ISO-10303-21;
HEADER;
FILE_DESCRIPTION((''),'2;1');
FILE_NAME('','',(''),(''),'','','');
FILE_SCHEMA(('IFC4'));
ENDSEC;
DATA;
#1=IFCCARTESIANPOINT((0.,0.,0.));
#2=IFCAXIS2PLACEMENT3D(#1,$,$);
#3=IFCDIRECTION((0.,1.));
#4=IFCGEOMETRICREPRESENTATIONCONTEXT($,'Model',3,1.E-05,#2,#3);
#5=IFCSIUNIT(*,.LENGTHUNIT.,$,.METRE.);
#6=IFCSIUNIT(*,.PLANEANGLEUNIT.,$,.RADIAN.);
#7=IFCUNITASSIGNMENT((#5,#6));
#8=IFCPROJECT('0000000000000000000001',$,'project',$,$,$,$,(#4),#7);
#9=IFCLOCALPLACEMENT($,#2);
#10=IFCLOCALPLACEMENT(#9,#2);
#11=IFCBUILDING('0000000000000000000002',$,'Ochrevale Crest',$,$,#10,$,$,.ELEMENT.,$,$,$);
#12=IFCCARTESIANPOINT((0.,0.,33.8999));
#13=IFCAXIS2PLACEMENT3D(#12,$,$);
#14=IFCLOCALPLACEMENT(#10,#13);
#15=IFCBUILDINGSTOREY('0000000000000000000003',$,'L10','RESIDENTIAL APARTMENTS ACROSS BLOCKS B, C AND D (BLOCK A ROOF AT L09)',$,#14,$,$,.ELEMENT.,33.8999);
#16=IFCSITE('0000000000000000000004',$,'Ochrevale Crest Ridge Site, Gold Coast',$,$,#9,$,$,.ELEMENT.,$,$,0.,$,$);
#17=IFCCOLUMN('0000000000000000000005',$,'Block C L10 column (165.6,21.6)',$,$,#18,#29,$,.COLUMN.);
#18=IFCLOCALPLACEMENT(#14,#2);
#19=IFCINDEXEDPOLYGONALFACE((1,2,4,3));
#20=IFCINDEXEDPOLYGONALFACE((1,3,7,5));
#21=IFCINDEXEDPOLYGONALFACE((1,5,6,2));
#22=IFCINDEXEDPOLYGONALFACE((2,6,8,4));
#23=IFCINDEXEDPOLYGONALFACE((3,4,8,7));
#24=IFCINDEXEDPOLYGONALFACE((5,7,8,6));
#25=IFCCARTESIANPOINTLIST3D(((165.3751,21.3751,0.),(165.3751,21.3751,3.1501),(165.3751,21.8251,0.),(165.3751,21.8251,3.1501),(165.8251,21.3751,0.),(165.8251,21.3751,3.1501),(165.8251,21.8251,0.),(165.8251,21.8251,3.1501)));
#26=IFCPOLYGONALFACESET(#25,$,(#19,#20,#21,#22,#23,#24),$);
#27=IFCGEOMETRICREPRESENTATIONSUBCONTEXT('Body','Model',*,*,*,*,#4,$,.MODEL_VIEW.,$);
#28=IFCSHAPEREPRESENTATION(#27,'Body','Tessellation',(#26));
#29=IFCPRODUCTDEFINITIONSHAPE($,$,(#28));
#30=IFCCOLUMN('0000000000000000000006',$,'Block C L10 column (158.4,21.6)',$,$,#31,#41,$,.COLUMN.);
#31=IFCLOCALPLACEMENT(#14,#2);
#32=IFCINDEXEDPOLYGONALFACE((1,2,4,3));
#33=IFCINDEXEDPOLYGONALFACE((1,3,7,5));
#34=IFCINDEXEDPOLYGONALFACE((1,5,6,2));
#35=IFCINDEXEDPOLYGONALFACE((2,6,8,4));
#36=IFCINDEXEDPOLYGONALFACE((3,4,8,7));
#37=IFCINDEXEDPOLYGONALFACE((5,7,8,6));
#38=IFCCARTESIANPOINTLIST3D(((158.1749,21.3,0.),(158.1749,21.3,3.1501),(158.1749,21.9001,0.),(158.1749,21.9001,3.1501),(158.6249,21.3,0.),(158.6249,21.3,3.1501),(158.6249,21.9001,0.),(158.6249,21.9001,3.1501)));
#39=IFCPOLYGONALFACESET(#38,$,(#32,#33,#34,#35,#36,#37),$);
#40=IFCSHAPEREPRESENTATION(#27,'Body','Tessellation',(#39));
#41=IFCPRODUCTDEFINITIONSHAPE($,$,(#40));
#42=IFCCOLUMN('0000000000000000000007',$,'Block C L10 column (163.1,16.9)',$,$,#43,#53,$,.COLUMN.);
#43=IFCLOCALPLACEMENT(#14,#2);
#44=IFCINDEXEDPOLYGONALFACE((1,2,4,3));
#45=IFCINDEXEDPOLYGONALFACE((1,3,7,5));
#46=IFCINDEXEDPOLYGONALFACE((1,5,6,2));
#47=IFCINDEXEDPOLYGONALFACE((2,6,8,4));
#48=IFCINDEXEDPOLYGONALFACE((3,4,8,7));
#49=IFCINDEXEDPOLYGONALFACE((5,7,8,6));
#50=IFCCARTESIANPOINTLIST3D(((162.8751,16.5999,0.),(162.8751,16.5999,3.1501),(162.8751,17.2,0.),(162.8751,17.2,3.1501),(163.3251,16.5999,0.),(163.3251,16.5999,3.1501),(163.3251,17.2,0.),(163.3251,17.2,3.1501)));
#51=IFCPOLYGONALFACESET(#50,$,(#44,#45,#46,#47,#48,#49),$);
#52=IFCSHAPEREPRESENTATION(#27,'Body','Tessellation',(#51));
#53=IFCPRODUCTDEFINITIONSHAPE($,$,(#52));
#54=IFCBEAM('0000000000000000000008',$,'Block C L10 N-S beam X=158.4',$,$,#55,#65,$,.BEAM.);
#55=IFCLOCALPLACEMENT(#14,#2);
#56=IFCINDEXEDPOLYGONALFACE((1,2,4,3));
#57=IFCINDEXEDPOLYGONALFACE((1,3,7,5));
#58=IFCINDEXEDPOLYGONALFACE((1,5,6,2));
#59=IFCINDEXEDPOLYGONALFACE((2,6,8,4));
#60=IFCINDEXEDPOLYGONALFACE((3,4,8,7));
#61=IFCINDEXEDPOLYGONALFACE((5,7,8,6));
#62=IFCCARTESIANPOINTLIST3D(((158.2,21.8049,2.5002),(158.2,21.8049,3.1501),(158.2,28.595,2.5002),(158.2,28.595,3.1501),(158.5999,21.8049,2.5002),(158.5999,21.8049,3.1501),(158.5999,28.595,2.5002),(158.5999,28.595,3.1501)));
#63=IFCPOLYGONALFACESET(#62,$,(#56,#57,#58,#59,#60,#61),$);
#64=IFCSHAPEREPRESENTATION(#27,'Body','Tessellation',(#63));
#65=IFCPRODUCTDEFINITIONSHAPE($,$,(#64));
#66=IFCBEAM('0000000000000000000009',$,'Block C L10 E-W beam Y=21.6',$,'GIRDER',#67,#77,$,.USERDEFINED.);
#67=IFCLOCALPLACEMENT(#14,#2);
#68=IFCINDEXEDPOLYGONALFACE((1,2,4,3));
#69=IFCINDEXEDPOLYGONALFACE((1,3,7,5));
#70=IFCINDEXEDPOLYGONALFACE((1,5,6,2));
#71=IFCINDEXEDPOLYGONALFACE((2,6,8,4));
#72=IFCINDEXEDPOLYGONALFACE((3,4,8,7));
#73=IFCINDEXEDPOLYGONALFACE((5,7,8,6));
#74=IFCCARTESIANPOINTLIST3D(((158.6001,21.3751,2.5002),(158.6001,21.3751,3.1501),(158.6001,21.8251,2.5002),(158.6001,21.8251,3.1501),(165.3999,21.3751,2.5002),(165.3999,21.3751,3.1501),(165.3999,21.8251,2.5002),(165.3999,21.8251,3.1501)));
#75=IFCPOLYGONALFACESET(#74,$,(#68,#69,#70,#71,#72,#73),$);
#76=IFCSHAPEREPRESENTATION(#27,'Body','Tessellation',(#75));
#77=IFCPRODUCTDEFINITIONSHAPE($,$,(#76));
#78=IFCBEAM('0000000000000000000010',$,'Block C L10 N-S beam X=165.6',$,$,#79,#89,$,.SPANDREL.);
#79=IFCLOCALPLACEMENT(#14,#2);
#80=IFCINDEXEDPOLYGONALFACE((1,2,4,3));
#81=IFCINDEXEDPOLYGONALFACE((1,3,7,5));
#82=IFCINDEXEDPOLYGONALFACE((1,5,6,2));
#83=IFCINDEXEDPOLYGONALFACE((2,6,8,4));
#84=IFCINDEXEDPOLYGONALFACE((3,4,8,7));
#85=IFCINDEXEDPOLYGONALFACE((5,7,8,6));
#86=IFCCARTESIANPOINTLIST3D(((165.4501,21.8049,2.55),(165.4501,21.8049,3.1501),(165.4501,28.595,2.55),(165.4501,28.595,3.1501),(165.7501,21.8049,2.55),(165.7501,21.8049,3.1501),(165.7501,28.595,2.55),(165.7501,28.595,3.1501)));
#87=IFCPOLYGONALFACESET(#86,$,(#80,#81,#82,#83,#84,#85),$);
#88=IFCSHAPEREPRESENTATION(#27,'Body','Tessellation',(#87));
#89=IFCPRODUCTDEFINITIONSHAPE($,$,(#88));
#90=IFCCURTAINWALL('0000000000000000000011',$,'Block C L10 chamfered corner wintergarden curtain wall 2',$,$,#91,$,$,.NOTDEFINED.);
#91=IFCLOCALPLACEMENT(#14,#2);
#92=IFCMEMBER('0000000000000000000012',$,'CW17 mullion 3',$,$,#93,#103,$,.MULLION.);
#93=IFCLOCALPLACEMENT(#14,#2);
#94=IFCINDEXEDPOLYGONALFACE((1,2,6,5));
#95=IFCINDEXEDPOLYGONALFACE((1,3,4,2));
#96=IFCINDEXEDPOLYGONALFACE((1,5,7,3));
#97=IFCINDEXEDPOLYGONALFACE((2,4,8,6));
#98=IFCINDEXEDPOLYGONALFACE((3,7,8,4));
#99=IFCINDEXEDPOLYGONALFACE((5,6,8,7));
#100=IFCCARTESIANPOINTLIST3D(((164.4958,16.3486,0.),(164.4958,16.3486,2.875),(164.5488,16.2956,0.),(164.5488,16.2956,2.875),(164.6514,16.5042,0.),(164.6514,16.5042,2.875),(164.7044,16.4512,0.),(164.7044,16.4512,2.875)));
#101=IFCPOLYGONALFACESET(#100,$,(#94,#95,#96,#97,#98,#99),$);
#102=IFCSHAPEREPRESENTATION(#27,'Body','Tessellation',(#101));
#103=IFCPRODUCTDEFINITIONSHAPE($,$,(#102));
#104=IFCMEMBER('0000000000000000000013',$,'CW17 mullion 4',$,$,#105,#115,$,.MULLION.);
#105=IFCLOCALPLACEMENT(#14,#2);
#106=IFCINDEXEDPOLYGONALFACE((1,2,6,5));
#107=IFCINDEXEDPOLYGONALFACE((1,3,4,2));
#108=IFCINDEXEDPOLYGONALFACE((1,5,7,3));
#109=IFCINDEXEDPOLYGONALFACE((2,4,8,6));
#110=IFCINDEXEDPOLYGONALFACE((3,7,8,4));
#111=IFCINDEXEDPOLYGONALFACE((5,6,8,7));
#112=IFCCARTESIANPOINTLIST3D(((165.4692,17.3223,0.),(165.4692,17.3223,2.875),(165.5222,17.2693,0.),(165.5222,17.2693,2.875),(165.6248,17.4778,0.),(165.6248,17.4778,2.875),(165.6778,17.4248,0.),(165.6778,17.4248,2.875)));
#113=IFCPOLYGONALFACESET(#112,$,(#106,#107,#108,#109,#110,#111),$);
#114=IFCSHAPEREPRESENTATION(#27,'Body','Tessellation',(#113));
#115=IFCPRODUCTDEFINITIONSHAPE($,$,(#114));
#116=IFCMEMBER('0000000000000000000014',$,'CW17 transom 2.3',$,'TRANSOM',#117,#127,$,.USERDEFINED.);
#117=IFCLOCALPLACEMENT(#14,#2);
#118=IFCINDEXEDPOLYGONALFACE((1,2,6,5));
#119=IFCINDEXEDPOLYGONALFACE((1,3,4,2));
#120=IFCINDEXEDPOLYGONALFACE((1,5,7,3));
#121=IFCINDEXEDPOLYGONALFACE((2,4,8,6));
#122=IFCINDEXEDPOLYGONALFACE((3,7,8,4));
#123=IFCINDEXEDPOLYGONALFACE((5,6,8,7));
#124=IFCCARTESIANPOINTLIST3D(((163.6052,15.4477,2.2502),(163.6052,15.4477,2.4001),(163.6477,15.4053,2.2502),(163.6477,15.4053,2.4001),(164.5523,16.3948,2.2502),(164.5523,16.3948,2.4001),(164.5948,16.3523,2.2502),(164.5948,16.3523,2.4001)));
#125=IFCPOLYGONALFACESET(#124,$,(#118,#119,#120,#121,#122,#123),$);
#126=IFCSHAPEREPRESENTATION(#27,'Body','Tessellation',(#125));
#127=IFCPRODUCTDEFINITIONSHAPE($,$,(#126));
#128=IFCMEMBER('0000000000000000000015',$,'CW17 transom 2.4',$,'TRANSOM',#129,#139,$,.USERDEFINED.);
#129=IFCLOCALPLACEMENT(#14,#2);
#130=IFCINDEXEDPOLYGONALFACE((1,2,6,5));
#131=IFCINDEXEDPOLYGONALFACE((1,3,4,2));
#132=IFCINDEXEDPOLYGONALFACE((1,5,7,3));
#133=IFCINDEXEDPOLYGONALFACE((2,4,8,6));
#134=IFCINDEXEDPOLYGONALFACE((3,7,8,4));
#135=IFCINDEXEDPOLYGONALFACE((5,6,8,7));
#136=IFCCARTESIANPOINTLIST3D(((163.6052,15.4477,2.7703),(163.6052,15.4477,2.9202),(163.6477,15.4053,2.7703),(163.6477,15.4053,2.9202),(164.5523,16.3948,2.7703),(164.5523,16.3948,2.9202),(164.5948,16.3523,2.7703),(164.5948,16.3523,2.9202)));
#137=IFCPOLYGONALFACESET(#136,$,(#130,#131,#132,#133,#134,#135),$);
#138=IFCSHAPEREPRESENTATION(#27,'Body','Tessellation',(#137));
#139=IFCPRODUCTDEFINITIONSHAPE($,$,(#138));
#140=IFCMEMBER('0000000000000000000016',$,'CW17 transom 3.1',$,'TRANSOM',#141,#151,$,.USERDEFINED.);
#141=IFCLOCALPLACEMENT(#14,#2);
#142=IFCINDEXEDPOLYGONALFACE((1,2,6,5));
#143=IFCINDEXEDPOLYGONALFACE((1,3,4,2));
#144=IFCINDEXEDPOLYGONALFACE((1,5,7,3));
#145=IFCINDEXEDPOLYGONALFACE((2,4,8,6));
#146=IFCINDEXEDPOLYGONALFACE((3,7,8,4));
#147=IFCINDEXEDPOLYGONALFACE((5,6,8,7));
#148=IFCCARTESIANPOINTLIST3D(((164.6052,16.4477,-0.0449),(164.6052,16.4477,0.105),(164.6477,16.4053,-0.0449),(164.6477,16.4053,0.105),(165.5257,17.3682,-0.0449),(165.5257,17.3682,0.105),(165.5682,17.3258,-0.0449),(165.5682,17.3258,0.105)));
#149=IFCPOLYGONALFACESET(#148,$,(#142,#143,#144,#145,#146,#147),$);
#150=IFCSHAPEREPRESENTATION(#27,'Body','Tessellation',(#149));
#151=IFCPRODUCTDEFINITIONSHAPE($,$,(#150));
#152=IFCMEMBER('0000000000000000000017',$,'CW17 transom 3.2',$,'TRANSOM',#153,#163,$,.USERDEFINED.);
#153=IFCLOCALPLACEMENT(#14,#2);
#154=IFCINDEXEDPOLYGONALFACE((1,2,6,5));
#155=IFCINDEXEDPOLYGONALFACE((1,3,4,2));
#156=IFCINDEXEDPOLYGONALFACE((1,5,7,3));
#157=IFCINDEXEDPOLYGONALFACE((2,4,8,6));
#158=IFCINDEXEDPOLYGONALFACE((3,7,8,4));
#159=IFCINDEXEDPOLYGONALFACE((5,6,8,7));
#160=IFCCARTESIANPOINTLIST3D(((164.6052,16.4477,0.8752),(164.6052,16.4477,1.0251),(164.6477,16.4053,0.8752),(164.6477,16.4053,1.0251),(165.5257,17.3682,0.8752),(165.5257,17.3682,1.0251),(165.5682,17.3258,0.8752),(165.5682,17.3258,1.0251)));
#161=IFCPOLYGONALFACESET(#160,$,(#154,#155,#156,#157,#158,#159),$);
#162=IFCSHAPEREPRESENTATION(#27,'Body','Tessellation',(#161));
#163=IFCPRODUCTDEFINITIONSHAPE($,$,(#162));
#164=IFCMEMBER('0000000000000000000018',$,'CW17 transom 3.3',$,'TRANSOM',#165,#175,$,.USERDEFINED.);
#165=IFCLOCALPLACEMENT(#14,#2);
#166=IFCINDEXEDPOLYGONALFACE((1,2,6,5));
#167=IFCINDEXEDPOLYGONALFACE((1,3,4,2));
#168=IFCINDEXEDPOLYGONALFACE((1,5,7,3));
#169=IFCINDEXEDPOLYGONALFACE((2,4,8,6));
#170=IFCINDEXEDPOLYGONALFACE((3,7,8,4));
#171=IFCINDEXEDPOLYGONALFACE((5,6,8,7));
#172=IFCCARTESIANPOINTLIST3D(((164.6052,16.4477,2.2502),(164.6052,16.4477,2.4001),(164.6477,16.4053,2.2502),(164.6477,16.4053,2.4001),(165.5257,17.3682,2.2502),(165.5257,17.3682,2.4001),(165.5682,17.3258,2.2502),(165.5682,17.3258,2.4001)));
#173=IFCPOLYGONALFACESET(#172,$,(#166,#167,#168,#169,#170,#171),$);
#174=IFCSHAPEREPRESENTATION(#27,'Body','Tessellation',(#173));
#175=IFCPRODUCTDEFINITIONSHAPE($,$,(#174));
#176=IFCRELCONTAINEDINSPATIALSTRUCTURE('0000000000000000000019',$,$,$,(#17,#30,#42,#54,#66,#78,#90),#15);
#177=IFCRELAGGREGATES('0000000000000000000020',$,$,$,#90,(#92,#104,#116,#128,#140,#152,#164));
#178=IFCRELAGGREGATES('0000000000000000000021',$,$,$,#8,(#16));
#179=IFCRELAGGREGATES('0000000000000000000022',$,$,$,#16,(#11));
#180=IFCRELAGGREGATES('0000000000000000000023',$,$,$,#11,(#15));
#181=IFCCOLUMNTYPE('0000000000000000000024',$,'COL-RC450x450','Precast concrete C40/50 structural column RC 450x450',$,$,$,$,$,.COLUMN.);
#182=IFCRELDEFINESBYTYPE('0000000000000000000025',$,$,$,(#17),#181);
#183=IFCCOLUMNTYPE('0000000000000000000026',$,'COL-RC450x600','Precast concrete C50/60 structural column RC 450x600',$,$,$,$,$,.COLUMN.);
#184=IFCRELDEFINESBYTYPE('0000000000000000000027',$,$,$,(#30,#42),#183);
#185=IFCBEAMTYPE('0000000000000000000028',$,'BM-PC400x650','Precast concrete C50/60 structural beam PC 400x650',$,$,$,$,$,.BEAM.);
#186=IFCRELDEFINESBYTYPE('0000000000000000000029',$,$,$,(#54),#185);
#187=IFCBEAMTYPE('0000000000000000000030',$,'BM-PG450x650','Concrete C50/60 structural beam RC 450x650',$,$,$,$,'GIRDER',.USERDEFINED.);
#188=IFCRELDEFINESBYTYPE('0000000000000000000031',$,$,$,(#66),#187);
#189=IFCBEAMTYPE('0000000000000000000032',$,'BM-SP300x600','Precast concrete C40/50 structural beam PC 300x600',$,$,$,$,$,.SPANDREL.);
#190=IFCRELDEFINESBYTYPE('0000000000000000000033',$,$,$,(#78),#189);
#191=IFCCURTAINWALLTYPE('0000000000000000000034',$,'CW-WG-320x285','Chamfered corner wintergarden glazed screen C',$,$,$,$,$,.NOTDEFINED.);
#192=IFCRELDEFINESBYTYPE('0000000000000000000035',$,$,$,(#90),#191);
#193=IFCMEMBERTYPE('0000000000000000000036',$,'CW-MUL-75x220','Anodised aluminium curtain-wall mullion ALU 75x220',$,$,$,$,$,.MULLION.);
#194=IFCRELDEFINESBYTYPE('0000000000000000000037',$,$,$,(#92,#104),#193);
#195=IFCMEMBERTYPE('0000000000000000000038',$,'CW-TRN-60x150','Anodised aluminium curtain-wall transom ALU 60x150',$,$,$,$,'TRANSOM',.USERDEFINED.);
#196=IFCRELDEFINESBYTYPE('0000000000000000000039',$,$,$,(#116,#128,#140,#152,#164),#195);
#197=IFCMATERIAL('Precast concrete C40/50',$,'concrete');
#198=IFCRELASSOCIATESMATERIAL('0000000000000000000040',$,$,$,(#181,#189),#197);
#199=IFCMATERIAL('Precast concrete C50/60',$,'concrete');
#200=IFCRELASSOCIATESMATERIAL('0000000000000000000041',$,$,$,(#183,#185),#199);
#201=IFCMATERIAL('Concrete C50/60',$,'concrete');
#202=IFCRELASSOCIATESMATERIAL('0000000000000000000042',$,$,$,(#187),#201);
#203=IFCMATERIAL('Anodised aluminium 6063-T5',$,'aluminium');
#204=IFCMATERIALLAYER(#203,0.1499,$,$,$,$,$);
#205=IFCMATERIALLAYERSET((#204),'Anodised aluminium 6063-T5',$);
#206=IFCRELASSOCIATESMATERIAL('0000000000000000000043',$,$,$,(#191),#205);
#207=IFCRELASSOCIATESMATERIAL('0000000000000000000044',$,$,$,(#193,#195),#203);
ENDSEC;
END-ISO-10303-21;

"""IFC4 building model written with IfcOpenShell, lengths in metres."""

from ifc_helpers import new_model, si_unit, direction, frame, origin, origin_2d, place, context, subcontext, project, spatial, rectangle, extrude, material, layer, layer_set, material_profile, profile_set, type_object, element, aggregate, save


model = new_model("IFC4")

# Units and contexts
model_context = context("Model", 3, precision=1e-05, world=origin(), true_north=direction((0.0, 1.0)))
body_context = subcontext(model_context, "Body", "Model", "MODEL_VIEW")
ifc_project = project(units=[si_unit("LENGTHUNIT", "METRE"), si_unit("PLANEANGLEUNIT", "RADIAN")], contexts=[model_context])

# Site, building, storey
site_placement = place(None, origin())
site = spatial("IfcSite", under=ifc_project, at=site_placement, Name="Ochrevale Crest Ridge Site, Gold Coast", CompositionType="ELEMENT", RefElevation=0.0)
building_placement = place(site_placement, origin())
building = spatial("IfcBuilding", under=site, at=building_placement, Name="Ochrevale Crest", CompositionType="ELEMENT")
storey_placement = place(building_placement, frame((0.0, 0.0, 33.8999)))
storey = spatial("IfcBuildingStorey", under=building, at=storey_placement, Name="L10", Description="RESIDENTIAL APARTMENTS ACROSS BLOCKS B, C AND D (BLOCK A ROOF AT L09)", CompositionType="ELEMENT", Elevation=33.8999)

# Columns
ifc_material_1 = material(Name="Precast concrete C40/50", Category="concrete")
ifc_material_profile_1 = material_profile(ifc_material_1, rectangle(XDim=0.45, YDim=0.45, at=origin_2d()), Name="RC 450x450")
ifc_profile_set_1 = profile_set([ifc_material_profile_1], Name="Precast concrete C40/50")
column_type_1 = type_object("IfcColumnType", Name="COL-RC450x450", Description="Precast concrete C40/50 structural column RC 450x450", PredefinedType="COLUMN", material=ifc_profile_set_1)
column_placement = place(storey_placement, frame((165.6001, 21.6001, 0.0), z_axis=(0.0, 0.0, 1.0), x_axis=(1.0, 0.0, 0.0)))
element("IfcColumn", 1, at=column_placement, inside=storey, type_object=column_type_1, Name="Block C L10 column (165.6,21.6)", PredefinedType="COLUMN", context=body_context, shape_type="SweptSolid", body=[
    extrude(rectangle(XDim=0.45, YDim=0.45, at=origin_2d()), origin(), (0.0, 0.0, 1.0), 3.1501),
])
ifc_material_2 = material(Name="Precast concrete C50/60", Category="concrete")
ifc_material_profile_2 = material_profile(ifc_material_2, rectangle(XDim=0.45, YDim=0.6001, at=origin_2d()), Name="RC 450x600")
ifc_profile_set_2 = profile_set([ifc_material_profile_2], Name="Precast concrete C50/60")
column_type_2 = type_object("IfcColumnType", Name="COL-RC450x600", Description="Precast concrete C50/60 structural column RC 450x600", PredefinedType="COLUMN", material=ifc_profile_set_2)
for number, where, z_axis, x_axis, name in (
    (2, (158.3999, 21.6001, 0.0), (0.0, 0.0, 1.0), (1.0, 0.0, 0.0), "Block C L10 column (158.4,21.6)"),
    (3, (163.1001, 16.8999, 0.0), (0.0, 0.0, 1.0), (1.0, 0.0, 0.0), "Block C L10 column (163.1,16.9)"),
):
    element("IfcColumn", number, at=place(storey_placement, frame(where, z_axis=z_axis, x_axis=x_axis)), inside=storey, type_object=column_type_2, Name=name, PredefinedType="COLUMN", context=body_context, shape_type="SweptSolid", body=[
        extrude(rectangle(XDim=0.45, YDim=0.6001, at=origin_2d()), origin(), (0.0, 0.0, 1.0), 3.1501),
    ])

# Beams
ifc_material_profile_3 = material_profile(ifc_material_2, rectangle(XDim=0.3999, YDim=0.6499, at=origin_2d()), Name="PC 400x650")
ifc_profile_set_3 = profile_set([ifc_material_profile_3], Name="Precast concrete C50/60")
beam_type_1 = type_object("IfcBeamType", Name="BM-PC400x650", Description="Precast concrete C50/60 structural beam PC 400x650", PredefinedType="BEAM", material=ifc_profile_set_3)
beam_1_placement = place(storey_placement, frame((158.3999, 21.8049, 2.8252), z_axis=(0.0, 1.0, 0.0), x_axis=(-1.0, 0.0, 0.0)))
element("IfcBeam", 4, at=beam_1_placement, inside=storey, type_object=beam_type_1, Name="Block C L10 N-S beam X=158.4", PredefinedType="BEAM", context=body_context, shape_type="SweptSolid", body=[
    extrude(rectangle(XDim=0.3999, YDim=0.6499, at=origin_2d()), origin(), (0.0, 0.0, 1.0), 6.79),
])
ifc_material_3 = material(Name="Concrete C50/60", Category="concrete")
ifc_material_profile_4 = material_profile(ifc_material_3, rectangle(XDim=0.45, YDim=0.6499, at=origin_2d()), Name="RC 450x650")
ifc_profile_set_4 = profile_set([ifc_material_profile_4], Name="Concrete C50/60")
beam_type_2 = type_object("IfcBeamType", Name="BM-PG450x650", Description="Concrete C50/60 structural beam RC 450x650", ElementType="GIRDER", PredefinedType="USERDEFINED", material=ifc_profile_set_4)
beam_2_placement = place(storey_placement, frame((158.6001, 21.6001, 2.8252), z_axis=(1.0, 0.0, 0.0), x_axis=(0.0, 1.0, 0.0)))
element("IfcBeam", 5, at=beam_2_placement, inside=storey, type_object=beam_type_2, Name="Block C L10 E-W beam Y=21.6", ObjectType="GIRDER", PredefinedType="USERDEFINED", context=body_context, shape_type="SweptSolid", body=[
    extrude(rectangle(XDim=0.45, YDim=0.6499, at=origin_2d()), origin(), (0.0, 0.0, 1.0), 6.7998),
])
ifc_material_profile_5 = material_profile(ifc_material_1, rectangle(XDim=0.3, YDim=0.6001, at=origin_2d()), Name="PC 300x600")
ifc_profile_set_5 = profile_set([ifc_material_profile_5], Name="Precast concrete C40/50")
beam_type_3 = type_object("IfcBeamType", Name="BM-SP300x600", Description="Precast concrete C40/50 structural beam PC 300x600", PredefinedType="SPANDREL", material=ifc_profile_set_5)
beam_3_placement = place(storey_placement, frame((165.6001, 21.8049, 2.8501), z_axis=(0.0, 1.0, 0.0), x_axis=(-1.0, 0.0, 0.0)))
element("IfcBeam", 6, at=beam_3_placement, inside=storey, type_object=beam_type_3, Name="Block C L10 N-S beam X=165.6", PredefinedType="SPANDREL", context=body_context, shape_type="SweptSolid", body=[
    extrude(rectangle(XDim=0.3, YDim=0.6001, at=origin_2d()), origin(), (0.0, 0.0, 1.0), 6.79),
])

# Curtain wall, members
ifc_material_4 = material(Name="Anodised aluminium 6063-T5", Category="aluminium")
ifc_layer_1 = layer(ifc_material_4, 0.1499)
ifc_layer_set_1 = layer_set([ifc_layer_1], Name="Anodised aluminium 6063-T5")
curtain_wall_type = type_object("IfcCurtainWallType", Name="CW-WG-320x285", Description="Chamfered corner wintergarden glazed screen C", PredefinedType="NOTDEFINED", material=ifc_layer_set_1)
curtain_wall_placement = place(storey_placement, origin())
curtain_wall = element("IfcCurtainWall", 7, at=curtain_wall_placement, inside=storey, type_object=curtain_wall_type, Name="Block C L10 chamfered corner wintergarden curtain wall 2", PredefinedType="NOTDEFINED")
ifc_material_profile_6 = material_profile(ifc_material_4, rectangle(XDim=0.075, YDim=0.22, at=origin_2d()), Name="ALU 75x220")
ifc_profile_set_6 = profile_set([ifc_material_profile_6], Name="Anodised aluminium 6063-T5")
member_type_1 = type_object("IfcMemberType", Name="CW-MUL-75x220", Description="Anodised aluminium curtain-wall mullion ALU 75x220", PredefinedType="MULLION", material=ifc_profile_set_6)
member_1_placement = place(storey_placement, frame((164.6001, 16.3999, 0.0), z_axis=(0.0, 0.0, 1.0), x_axis=(-0.707107, 0.707107, 0.0)))
member_1 = element("IfcMember", 8, at=member_1_placement, type_object=member_type_1, Name="CW17 mullion 3", PredefinedType="MULLION", context=body_context, shape_type="SweptSolid", body=[
    extrude(rectangle(XDim=0.075, YDim=0.22, at=origin_2d()), origin(), (0.0, 0.0, 1.0), 2.875),
])
member_2_placement = place(storey_placement, frame((165.5735, 17.3735, 0.0), z_axis=(0.0, 0.0, 1.0), x_axis=(-0.707107, 0.707107, 0.0)))
member_2 = element("IfcMember", 9, at=member_2_placement, type_object=member_type_1, Name="CW17 mullion 4", PredefinedType="MULLION", context=body_context, shape_type="SweptSolid", body=[
    extrude(rectangle(XDim=0.075, YDim=0.22, at=origin_2d()), origin(), (0.0, 0.0, 1.0), 2.875),
])
ifc_material_profile_7 = material_profile(ifc_material_4, rectangle(XDim=0.0601, YDim=0.1499, at=origin_2d()), Name="ALU 60x150")
ifc_profile_set_7 = profile_set([ifc_material_profile_7], Name="Anodised aluminium 6063-T5")
member_type_2 = type_object("IfcMemberType", Name="CW-TRN-60x150", Description="Anodised aluminium curtain-wall transom ALU 60x150", ElementType="TRANSOM", PredefinedType="USERDEFINED", material=ifc_profile_set_7)
member_3_placement = place(storey_placement, frame((163.6265, 15.4265, 2.3252), z_axis=(0.707107, 0.707107, 0.0), x_axis=(-0.707107, 0.707107, 0.0)))
member_3 = element("IfcMember", 10, at=member_3_placement, type_object=member_type_2, Name="CW17 transom 2.3", ObjectType="TRANSOM", PredefinedType="USERDEFINED", context=body_context, shape_type="SweptSolid", body=[
    extrude(rectangle(XDim=0.0601, YDim=0.1499, at=origin_2d()), origin(), (0.0, 0.0, 1.0), 1.3394),
])
member_4_placement = place(storey_placement, frame((163.6265, 15.4265, 2.8452), z_axis=(0.707107, 0.707107, 0.0), x_axis=(-0.707107, 0.707107, 0.0)))
member_4 = element("IfcMember", 11, at=member_4_placement, type_object=member_type_2, Name="CW17 transom 2.4", ObjectType="TRANSOM", PredefinedType="USERDEFINED", context=body_context, shape_type="SweptSolid", body=[
    extrude(rectangle(XDim=0.0601, YDim=0.1499, at=origin_2d()), origin(), (0.0, 0.0, 1.0), 1.3394),
])
member_5_placement = place(storey_placement, frame((164.6265, 16.4265, 0.03), z_axis=(0.707107, 0.707107, 0.0), x_axis=(-0.707107, 0.707107, 0.0)))
member_5 = element("IfcMember", 12, at=member_5_placement, type_object=member_type_2, Name="CW17 transom 3.1", ObjectType="TRANSOM", PredefinedType="USERDEFINED", context=body_context, shape_type="SweptSolid", body=[
    extrude(rectangle(XDim=0.0601, YDim=0.1499, at=origin_2d()), origin(), (0.0, 0.0, 1.0), 1.3018),
])
member_6_placement = place(storey_placement, frame((164.6265, 16.4265, 0.9502), z_axis=(0.707107, 0.707107, 0.0), x_axis=(-0.707107, 0.707107, 0.0)))
member_6 = element("IfcMember", 13, at=member_6_placement, type_object=member_type_2, Name="CW17 transom 3.2", ObjectType="TRANSOM", PredefinedType="USERDEFINED", context=body_context, shape_type="SweptSolid", body=[
    extrude(rectangle(XDim=0.0601, YDim=0.1499, at=origin_2d()), origin(), (0.0, 0.0, 1.0), 1.3018),
])
member_7_placement = place(storey_placement, frame((164.6265, 16.4265, 2.3252), z_axis=(0.707107, 0.707107, 0.0), x_axis=(-0.707107, 0.707107, 0.0)))
member_7 = element("IfcMember", 14, at=member_7_placement, type_object=member_type_2, Name="CW17 transom 3.3", ObjectType="TRANSOM", PredefinedType="USERDEFINED", context=body_context, shape_type="SweptSolid", body=[
    extrude(rectangle(XDim=0.0601, YDim=0.1499, at=origin_2d()), origin(), (0.0, 0.0, 1.0), 1.3018),
])
aggregate(curtain_wall, [member_1, member_2, member_3, member_4, member_5, member_6, member_7])

save(model, "model.ifc")
